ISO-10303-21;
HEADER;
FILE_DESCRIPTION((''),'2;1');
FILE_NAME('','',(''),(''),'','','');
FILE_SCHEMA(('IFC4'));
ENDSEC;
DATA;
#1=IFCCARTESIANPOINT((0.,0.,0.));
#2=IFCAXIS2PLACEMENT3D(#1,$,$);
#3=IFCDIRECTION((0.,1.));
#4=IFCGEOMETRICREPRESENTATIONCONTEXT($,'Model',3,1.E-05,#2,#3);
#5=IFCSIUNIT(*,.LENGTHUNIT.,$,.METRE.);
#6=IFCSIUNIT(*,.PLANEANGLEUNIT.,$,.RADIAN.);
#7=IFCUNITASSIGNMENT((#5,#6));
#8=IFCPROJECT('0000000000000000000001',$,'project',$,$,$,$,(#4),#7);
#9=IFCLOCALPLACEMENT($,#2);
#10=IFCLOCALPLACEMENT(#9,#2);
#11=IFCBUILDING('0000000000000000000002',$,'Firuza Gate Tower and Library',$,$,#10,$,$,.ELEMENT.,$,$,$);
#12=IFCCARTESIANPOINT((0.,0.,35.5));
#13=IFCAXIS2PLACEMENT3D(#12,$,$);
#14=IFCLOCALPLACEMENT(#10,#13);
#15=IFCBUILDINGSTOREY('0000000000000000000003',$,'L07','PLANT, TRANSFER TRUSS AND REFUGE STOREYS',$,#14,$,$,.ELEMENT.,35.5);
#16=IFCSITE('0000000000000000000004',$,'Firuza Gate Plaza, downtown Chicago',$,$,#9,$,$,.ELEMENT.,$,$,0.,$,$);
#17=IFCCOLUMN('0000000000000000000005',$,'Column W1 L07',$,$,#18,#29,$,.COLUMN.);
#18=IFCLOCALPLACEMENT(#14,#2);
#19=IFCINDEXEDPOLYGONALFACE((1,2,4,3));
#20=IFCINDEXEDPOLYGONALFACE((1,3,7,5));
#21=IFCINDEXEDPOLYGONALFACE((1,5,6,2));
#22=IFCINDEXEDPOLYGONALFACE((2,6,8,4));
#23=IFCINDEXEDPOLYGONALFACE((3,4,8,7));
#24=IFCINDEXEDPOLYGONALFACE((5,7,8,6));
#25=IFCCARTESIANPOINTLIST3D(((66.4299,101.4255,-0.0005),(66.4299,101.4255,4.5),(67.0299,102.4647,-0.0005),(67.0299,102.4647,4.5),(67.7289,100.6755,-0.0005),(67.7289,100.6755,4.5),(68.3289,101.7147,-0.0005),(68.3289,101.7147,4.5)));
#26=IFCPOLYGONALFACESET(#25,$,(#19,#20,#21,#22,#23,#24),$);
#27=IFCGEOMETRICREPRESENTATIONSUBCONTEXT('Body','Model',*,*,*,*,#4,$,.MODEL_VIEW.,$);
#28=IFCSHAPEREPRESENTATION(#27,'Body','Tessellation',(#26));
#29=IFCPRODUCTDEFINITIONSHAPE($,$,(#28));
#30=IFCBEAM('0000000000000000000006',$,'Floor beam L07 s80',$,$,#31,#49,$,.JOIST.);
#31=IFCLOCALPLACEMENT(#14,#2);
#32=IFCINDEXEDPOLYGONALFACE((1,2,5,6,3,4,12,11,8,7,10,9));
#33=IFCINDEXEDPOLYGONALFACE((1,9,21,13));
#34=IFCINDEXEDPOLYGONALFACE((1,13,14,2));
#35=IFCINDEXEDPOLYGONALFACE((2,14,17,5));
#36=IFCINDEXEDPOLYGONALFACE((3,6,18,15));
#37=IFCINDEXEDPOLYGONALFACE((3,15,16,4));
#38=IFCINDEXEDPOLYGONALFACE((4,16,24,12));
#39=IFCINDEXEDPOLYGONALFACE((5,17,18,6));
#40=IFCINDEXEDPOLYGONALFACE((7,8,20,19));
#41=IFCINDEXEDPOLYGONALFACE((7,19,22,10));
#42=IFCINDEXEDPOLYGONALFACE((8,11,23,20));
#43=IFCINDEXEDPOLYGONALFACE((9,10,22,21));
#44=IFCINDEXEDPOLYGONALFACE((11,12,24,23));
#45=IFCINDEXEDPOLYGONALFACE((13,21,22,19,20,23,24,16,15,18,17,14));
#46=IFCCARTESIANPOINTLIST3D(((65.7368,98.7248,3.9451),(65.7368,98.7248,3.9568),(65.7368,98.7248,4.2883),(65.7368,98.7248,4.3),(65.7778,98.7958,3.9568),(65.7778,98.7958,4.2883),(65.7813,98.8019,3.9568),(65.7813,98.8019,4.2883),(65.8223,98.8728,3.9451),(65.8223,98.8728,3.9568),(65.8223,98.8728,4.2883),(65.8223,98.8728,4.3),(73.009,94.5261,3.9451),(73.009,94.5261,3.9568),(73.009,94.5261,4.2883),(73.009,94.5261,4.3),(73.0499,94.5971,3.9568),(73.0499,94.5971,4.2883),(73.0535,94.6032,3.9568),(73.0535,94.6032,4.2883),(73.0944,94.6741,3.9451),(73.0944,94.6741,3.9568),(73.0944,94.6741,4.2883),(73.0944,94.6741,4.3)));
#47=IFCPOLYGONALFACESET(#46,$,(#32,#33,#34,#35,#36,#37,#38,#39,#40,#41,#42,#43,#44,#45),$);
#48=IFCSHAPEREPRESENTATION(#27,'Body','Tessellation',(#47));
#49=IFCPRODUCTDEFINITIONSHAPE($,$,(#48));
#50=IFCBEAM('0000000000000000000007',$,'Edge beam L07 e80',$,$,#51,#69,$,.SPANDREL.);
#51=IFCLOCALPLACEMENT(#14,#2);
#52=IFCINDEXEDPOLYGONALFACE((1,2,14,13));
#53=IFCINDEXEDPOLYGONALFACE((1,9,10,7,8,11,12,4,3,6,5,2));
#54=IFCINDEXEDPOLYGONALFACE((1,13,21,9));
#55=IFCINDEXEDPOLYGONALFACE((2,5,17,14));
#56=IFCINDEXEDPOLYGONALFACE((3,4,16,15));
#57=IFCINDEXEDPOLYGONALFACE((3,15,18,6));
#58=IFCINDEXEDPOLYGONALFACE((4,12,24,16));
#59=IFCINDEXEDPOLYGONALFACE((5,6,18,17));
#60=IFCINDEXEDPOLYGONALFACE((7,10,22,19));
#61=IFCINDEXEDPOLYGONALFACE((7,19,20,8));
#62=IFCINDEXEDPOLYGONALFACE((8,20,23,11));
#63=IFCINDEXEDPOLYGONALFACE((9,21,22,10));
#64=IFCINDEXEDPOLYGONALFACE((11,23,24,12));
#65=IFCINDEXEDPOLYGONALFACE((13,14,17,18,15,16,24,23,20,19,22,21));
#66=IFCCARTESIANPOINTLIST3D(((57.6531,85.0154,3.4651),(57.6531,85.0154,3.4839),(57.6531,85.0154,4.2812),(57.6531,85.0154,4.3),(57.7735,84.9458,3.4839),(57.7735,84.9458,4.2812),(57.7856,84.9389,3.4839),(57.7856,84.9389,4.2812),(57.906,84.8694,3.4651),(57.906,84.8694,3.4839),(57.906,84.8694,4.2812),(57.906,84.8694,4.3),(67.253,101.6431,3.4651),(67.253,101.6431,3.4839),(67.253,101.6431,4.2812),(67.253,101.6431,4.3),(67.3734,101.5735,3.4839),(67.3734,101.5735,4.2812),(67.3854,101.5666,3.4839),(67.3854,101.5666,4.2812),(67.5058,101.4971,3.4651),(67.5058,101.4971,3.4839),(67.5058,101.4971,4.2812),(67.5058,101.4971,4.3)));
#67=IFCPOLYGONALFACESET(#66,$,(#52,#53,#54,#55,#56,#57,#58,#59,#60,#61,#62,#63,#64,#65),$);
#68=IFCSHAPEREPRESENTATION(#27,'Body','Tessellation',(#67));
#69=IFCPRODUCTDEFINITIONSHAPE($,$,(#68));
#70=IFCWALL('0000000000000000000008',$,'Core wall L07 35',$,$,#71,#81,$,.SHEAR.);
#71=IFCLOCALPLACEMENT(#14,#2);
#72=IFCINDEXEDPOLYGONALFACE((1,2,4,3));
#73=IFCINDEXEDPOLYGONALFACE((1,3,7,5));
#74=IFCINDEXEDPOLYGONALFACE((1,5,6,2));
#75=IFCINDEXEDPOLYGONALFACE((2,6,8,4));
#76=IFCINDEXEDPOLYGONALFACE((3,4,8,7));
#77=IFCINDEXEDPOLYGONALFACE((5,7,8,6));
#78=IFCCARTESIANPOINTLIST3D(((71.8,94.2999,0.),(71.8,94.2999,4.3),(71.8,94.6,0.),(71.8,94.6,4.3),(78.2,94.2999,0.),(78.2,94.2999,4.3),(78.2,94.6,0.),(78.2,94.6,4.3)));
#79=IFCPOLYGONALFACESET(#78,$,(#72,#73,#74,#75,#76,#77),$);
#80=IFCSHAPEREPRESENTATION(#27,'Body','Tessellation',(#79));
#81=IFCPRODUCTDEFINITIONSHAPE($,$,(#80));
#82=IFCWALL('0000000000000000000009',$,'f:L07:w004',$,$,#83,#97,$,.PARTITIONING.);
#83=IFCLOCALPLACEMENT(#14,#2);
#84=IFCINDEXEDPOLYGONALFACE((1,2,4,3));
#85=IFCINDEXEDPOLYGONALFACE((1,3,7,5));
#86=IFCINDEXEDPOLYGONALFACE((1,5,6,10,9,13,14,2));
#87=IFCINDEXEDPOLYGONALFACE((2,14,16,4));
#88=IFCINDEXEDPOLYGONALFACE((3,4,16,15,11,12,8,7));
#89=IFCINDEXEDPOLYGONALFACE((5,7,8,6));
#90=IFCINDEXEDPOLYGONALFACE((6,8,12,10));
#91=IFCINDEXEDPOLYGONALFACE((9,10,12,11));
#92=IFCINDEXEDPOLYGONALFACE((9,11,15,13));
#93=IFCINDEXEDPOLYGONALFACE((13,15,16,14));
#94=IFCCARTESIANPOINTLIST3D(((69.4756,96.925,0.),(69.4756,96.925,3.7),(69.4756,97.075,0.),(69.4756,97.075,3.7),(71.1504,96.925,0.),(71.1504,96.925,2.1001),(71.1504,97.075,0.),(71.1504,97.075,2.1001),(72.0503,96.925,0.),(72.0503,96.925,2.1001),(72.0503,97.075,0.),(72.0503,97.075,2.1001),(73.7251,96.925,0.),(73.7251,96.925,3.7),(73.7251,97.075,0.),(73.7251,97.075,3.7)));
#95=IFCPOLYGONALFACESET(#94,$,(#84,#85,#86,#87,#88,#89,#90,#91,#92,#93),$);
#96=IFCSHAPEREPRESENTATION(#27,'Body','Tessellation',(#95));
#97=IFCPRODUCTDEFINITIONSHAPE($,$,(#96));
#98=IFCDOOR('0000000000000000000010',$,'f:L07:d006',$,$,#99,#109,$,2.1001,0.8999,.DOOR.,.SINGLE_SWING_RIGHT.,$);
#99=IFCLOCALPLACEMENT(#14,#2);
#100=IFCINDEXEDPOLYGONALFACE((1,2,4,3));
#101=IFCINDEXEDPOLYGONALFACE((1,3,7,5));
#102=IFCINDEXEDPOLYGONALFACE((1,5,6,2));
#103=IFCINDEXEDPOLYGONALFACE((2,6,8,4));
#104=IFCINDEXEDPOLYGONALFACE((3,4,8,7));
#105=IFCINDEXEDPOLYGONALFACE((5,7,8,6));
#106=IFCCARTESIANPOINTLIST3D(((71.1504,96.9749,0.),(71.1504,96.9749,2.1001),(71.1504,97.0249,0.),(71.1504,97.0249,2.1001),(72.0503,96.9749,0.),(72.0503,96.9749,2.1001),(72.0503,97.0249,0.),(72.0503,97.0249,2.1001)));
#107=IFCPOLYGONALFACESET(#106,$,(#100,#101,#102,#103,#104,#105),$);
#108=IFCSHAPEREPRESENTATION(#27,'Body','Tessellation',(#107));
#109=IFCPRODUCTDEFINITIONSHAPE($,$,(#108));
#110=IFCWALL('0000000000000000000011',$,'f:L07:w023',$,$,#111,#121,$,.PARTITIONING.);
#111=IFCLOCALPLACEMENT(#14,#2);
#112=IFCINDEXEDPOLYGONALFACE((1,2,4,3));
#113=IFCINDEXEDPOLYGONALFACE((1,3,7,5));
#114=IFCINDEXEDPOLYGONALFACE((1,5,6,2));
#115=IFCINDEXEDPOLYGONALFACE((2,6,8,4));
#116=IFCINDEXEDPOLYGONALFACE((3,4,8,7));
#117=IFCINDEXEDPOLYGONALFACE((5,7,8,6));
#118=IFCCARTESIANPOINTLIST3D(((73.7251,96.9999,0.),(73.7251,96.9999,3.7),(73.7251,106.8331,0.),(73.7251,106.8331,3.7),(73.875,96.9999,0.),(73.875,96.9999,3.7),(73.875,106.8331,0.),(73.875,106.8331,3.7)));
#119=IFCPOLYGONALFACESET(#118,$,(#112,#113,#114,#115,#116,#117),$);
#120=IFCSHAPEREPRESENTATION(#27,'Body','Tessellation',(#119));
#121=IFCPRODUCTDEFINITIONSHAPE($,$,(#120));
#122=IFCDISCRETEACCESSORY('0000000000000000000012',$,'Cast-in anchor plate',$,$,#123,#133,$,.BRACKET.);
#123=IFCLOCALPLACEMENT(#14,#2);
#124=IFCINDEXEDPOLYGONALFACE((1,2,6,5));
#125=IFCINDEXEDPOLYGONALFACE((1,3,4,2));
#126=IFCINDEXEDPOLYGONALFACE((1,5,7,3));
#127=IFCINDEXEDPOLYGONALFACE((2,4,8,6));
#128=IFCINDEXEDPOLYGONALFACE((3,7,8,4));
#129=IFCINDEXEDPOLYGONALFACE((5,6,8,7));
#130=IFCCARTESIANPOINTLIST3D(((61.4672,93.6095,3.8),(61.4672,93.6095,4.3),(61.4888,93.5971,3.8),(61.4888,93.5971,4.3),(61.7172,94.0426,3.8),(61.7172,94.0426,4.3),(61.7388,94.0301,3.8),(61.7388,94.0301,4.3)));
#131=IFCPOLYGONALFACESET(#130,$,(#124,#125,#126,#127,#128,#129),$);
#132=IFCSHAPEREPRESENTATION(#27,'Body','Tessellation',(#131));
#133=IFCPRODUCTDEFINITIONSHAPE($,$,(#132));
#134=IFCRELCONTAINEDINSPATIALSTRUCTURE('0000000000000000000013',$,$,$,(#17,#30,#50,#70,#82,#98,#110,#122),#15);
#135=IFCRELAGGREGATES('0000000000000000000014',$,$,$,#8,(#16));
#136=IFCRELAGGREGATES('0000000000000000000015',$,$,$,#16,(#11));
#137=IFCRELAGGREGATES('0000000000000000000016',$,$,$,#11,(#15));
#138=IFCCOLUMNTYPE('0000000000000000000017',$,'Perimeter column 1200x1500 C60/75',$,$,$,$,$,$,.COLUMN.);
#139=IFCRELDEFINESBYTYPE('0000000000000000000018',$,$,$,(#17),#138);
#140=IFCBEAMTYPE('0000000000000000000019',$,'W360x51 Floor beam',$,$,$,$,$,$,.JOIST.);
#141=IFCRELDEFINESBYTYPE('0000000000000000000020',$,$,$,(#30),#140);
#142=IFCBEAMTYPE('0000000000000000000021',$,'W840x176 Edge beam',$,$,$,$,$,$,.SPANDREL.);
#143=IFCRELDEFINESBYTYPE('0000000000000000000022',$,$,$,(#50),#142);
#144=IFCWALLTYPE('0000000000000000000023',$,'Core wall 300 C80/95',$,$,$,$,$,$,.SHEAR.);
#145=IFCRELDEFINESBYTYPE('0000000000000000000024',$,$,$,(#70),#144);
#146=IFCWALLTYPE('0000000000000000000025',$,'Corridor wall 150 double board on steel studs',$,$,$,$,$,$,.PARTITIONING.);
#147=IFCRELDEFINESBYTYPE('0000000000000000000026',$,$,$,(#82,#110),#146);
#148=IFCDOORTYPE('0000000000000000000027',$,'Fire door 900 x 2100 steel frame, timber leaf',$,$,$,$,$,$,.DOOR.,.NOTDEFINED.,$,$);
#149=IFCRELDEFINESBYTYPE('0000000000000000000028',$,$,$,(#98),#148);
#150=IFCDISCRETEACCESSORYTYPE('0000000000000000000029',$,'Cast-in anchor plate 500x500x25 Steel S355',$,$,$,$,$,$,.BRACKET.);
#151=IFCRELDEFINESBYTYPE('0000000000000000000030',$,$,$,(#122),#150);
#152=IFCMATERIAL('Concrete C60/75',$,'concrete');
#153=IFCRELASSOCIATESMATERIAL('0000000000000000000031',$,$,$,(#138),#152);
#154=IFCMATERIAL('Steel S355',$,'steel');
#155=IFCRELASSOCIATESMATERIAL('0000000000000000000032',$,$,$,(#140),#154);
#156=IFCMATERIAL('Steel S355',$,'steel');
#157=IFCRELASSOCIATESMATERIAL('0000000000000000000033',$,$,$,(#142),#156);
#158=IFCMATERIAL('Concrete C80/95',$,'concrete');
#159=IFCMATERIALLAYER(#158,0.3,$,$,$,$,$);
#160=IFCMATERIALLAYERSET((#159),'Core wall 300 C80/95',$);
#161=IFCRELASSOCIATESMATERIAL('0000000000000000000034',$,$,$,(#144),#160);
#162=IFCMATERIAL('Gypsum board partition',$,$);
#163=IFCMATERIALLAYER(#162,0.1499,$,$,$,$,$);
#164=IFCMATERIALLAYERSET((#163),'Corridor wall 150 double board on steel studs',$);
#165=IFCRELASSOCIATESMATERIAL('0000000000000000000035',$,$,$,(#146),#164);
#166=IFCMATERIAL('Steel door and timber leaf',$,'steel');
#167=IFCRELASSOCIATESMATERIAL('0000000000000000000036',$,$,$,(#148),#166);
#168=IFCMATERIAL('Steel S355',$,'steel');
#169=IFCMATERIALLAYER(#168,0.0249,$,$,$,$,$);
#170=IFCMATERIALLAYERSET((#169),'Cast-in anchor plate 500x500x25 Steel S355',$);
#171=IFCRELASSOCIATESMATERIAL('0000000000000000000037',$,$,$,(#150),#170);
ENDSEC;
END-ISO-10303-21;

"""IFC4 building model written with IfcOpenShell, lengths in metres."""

from ifc_helpers import new_model, si_unit, direction, frame, frame_2d, origin, origin_2d, place, context, subcontext, project, spatial, rectangle, i_section, extrude, material, layer, layer_set, material_profile, profile_set, type_object, element, fill, save


model = new_model("IFC4")

# Units and contexts
model_context = context("Model", 3, precision=1e-05, world=origin(), true_north=direction((0.0, 1.0)))
body_context = subcontext(model_context, "Body", "Model", "MODEL_VIEW")
ifc_project = project(units=[si_unit("LENGTHUNIT", "METRE"), si_unit("PLANEANGLEUNIT", "RADIAN")], contexts=[model_context])

# Site, building, storey
site_placement = place(None, origin())
site = spatial("IfcSite", under=ifc_project, at=site_placement, Name="Firuza Gate Plaza, downtown Chicago", CompositionType="ELEMENT", RefElevation=0.0)
building_placement = place(site_placement, origin())
building = spatial("IfcBuilding", under=site, at=building_placement, Name="Firuza Gate Tower and Library", CompositionType="ELEMENT")
storey_placement = place(building_placement, frame((0.0, 0.0, 35.5)))
storey = spatial("IfcBuildingStorey", under=building, at=storey_placement, Name="L07", Description="PLANT, TRANSFER TRUSS AND REFUGE STOREYS", CompositionType="ELEMENT", Elevation=35.5)

# Column
ifc_material_1 = material(Name="Concrete C60/75", Category="concrete")
ifc_material_profile_1 = material_profile(ifc_material_1, rectangle(XDim=1.2, YDim=1.5, at=origin_2d()))
ifc_profile_set_1 = profile_set([ifc_material_profile_1], Name="Concrete C60/75")
column_type = type_object("IfcColumnType", Name="Perimeter column 1200x1500 C60/75", PredefinedType="COLUMN", material=ifc_profile_set_1)
column_placement = place(storey_placement, frame((67.3794, 101.5701, -0.0005), z_axis=(0.0, 0.0, 1.0), x_axis=(-0.5, -0.866025, 0.0)))
element("IfcColumn", 1, at=column_placement, inside=storey, type_object=column_type, Name="Column W1 L07", PredefinedType="COLUMN", context=body_context, shape_type="SweptSolid", body=[
    extrude(rectangle(XDim=1.2, YDim=1.5, at=origin_2d()), origin(), (0.0, 0.0, 1.0), 4.5005),
])

# Beams
ifc_material_2 = material(Name="Steel S355", Category="steel")
ifc_material_profile_2 = material_profile(ifc_material_2, i_section(OverallWidth=0.1709, OverallDepth=0.355, WebThickness=0.0071, FlangeThickness=0.0117, at=origin_2d()))
ifc_profile_set_2 = profile_set([ifc_material_profile_2], Name="Steel S355")
beam_type_1 = type_object("IfcBeamType", Name="W360x51 Floor beam", PredefinedType="JOIST", material=ifc_profile_set_2)
beam_1_placement = place(storey_placement, frame((65.7795, 98.7988, 4.1226), z_axis=(0.86602, -0.50001, 0.0), x_axis=(0.50001, 0.86602, 0.0)))
element("IfcBeam", 2, at=beam_1_placement, inside=storey, type_object=beam_type_1, Name="Floor beam L07 s80", PredefinedType="JOIST", context=body_context, shape_type="SweptSolid", body=[
    extrude(i_section(OverallWidth=0.1709, OverallDepth=0.355, WebThickness=0.0071, FlangeThickness=0.0117, at=origin_2d()), origin(), (0.0, 0.0, 1.0), 8.3972),
])
ifc_material_3 = material(Name="Steel S355", Category="steel")
ifc_material_profile_3 = material_profile(ifc_material_3, i_section(OverallWidth=0.292, OverallDepth=0.835, WebThickness=0.0139, FlangeThickness=0.0188, at=origin_2d()))
ifc_profile_set_3 = profile_set([ifc_material_profile_3], Name="Steel S355")
beam_type_2 = type_object("IfcBeamType", Name="W840x176 Edge beam", PredefinedType="SPANDREL", material=ifc_profile_set_3)
beam_2_placement = place(storey_placement, frame((67.3794, 101.5701, 3.8826), z_axis=(-0.499994, -0.866029, 0.0), x_axis=(0.866029, -0.499994, 0.0)))
element("IfcBeam", 3, at=beam_2_placement, inside=storey, type_object=beam_type_2, Name="Edge beam L07 e80", PredefinedType="SPANDREL", context=body_context, shape_type="SweptSolid", body=[
    extrude(i_section(OverallWidth=0.292, OverallDepth=0.835, WebThickness=0.0139, FlangeThickness=0.0188, at=origin_2d()), origin(), (0.0, 0.0, 1.0), 19.2),
])

# Wall
ifc_material_4 = material(Name="Concrete C80/95", Category="concrete")
ifc_layer_1 = layer(ifc_material_4, 0.3)
ifc_layer_set_1 = layer_set([ifc_layer_1], Name="Core wall 300 C80/95")
wall_type_1 = type_object("IfcWallType", Name="Core wall 300 C80/95", PredefinedType="SHEAR", material=ifc_layer_set_1)
wall_1_placement = place(storey_placement, frame((71.8, 94.45, 0.0), z_axis=(0.0, 0.0, 1.0), x_axis=(1.0, 0.0, 0.0)))
element("IfcWall", 4, at=wall_1_placement, inside=storey, type_object=wall_type_1, Name="Core wall L07 35", PredefinedType="SHEAR", context=body_context, shape_type="SweptSolid", body=[
    extrude(rectangle(XDim=6.3999, YDim=0.3, at=frame_2d((3.2, 0.0))), origin(), (0.0, 0.0, 1.0), 4.3),
])

# Wall, opening, door
ifc_material_5 = material(Name="Gypsum board partition")
ifc_layer_2 = layer(ifc_material_5, 0.1499)
ifc_layer_set_2 = layer_set([ifc_layer_2], Name="Corridor wall 150 double board on steel studs")
wall_type_2 = type_object("IfcWallType", Name="Corridor wall 150 double board on steel studs", PredefinedType="PARTITIONING", material=ifc_layer_set_2)
wall_2_placement = place(storey_placement, frame((69.4756, 97.0, 0.0), z_axis=(0.0, 0.0, 1.0), x_axis=(1.0, 0.0, 0.0)))
wall_2 = element("IfcWall", 5, at=wall_2_placement, inside=storey, type_object=wall_type_2, Name="f:L07:w004", PredefinedType="PARTITIONING", context=body_context, shape_type="SweptSolid", body=[
    extrude(rectangle(XDim=4.2495, YDim=0.1499, at=frame_2d((2.1248, 0.0))), origin(), (0.0, 0.0, 1.0), 3.7),
])
opening_placement = place(wall_2_placement, frame((1.6748, 0.0, 0.0)))
opening = element("IfcOpeningElement", 6, at=opening_placement, cuts=wall_2, PredefinedType="OPENING", context=body_context, shape_type="SweptSolid", body=[
    extrude(rectangle(XDim=0.8999, YDim=2.1001, at=frame_2d((0.45, 1.05))), frame((0.0, 0.085, 0.0), z_axis=(0.0, -1.0, 0.0), x_axis=(1.0, 0.0, 0.0)), (0.0, 0.0, 1.0), 0.1699),
])
ifc_material_6 = material(Name="Steel door and timber leaf", Category="steel")
door_type = type_object("IfcDoorType", Name="Fire door 900 x 2100 steel frame, timber leaf", OperationType="NOTDEFINED", PredefinedType="DOOR", material=ifc_material_6)
door_placement = place(opening_placement, origin())
door = element("IfcDoor", 7, at=door_placement, inside=storey, type_object=door_type, Name="f:L07:d006", OperationType="SINGLE_SWING_RIGHT", OverallHeight=2.1001, OverallWidth=0.8999, PredefinedType="DOOR", context=body_context, shape_type="SweptSolid", body=[
    extrude(rectangle(XDim=0.8999, YDim=2.1001, at=frame_2d((0.45, 1.05))), frame((0.0, 0.0249, 0.0), z_axis=(0.0, -1.0, 0.0), x_axis=(1.0, 0.0, 0.0)), (0.0, 0.0, 1.0), 0.05),
])
fill(opening, door)

# Wall
wall_3_placement = place(storey_placement, frame((73.8, 97.0, 0.0), z_axis=(0.0, 0.0, 1.0), x_axis=(0.0, 1.0, 0.0)))
element("IfcWall", 8, at=wall_3_placement, inside=storey, type_object=wall_type_2, Name="f:L07:w023", PredefinedType="PARTITIONING", context=body_context, shape_type="SweptSolid", body=[
    extrude(rectangle(XDim=9.8333, YDim=0.1499, at=frame_2d((4.9165, 0.0))), origin(), (0.0, 0.0, 1.0), 3.7),
])

# Discrete accessory
ifc_material_7 = material(Name="Steel S355", Category="steel")
ifc_layer_3 = layer(ifc_material_7, 0.0249)
ifc_layer_set_3 = layer_set([ifc_layer_3], Name="Cast-in anchor plate 500x500x25 Steel S355")
discrete_accessory_type = type_object("IfcDiscreteAccessoryType", Name="Cast-in anchor plate 500x500x25 Steel S355", PredefinedType="BRACKET", material=ifc_layer_set_3)
discrete_accessory_placement = place(storey_placement, frame((61.603, 93.8198, 3.8), z_axis=(0.0, 0.0, 1.0), x_axis=(-0.5, -0.866025, 0.0)))
element("IfcDiscreteAccessory", 9, at=discrete_accessory_placement, inside=storey, type_object=discrete_accessory_type, Name="Cast-in anchor plate", PredefinedType="BRACKET", context=body_context, shape_type="SweptSolid", body=[
    extrude(rectangle(XDim=0.5, YDim=0.0249, at=origin_2d()), origin(), (0.0, 0.0, 1.0), 0.5),
])

save(model, "model.ifc")
